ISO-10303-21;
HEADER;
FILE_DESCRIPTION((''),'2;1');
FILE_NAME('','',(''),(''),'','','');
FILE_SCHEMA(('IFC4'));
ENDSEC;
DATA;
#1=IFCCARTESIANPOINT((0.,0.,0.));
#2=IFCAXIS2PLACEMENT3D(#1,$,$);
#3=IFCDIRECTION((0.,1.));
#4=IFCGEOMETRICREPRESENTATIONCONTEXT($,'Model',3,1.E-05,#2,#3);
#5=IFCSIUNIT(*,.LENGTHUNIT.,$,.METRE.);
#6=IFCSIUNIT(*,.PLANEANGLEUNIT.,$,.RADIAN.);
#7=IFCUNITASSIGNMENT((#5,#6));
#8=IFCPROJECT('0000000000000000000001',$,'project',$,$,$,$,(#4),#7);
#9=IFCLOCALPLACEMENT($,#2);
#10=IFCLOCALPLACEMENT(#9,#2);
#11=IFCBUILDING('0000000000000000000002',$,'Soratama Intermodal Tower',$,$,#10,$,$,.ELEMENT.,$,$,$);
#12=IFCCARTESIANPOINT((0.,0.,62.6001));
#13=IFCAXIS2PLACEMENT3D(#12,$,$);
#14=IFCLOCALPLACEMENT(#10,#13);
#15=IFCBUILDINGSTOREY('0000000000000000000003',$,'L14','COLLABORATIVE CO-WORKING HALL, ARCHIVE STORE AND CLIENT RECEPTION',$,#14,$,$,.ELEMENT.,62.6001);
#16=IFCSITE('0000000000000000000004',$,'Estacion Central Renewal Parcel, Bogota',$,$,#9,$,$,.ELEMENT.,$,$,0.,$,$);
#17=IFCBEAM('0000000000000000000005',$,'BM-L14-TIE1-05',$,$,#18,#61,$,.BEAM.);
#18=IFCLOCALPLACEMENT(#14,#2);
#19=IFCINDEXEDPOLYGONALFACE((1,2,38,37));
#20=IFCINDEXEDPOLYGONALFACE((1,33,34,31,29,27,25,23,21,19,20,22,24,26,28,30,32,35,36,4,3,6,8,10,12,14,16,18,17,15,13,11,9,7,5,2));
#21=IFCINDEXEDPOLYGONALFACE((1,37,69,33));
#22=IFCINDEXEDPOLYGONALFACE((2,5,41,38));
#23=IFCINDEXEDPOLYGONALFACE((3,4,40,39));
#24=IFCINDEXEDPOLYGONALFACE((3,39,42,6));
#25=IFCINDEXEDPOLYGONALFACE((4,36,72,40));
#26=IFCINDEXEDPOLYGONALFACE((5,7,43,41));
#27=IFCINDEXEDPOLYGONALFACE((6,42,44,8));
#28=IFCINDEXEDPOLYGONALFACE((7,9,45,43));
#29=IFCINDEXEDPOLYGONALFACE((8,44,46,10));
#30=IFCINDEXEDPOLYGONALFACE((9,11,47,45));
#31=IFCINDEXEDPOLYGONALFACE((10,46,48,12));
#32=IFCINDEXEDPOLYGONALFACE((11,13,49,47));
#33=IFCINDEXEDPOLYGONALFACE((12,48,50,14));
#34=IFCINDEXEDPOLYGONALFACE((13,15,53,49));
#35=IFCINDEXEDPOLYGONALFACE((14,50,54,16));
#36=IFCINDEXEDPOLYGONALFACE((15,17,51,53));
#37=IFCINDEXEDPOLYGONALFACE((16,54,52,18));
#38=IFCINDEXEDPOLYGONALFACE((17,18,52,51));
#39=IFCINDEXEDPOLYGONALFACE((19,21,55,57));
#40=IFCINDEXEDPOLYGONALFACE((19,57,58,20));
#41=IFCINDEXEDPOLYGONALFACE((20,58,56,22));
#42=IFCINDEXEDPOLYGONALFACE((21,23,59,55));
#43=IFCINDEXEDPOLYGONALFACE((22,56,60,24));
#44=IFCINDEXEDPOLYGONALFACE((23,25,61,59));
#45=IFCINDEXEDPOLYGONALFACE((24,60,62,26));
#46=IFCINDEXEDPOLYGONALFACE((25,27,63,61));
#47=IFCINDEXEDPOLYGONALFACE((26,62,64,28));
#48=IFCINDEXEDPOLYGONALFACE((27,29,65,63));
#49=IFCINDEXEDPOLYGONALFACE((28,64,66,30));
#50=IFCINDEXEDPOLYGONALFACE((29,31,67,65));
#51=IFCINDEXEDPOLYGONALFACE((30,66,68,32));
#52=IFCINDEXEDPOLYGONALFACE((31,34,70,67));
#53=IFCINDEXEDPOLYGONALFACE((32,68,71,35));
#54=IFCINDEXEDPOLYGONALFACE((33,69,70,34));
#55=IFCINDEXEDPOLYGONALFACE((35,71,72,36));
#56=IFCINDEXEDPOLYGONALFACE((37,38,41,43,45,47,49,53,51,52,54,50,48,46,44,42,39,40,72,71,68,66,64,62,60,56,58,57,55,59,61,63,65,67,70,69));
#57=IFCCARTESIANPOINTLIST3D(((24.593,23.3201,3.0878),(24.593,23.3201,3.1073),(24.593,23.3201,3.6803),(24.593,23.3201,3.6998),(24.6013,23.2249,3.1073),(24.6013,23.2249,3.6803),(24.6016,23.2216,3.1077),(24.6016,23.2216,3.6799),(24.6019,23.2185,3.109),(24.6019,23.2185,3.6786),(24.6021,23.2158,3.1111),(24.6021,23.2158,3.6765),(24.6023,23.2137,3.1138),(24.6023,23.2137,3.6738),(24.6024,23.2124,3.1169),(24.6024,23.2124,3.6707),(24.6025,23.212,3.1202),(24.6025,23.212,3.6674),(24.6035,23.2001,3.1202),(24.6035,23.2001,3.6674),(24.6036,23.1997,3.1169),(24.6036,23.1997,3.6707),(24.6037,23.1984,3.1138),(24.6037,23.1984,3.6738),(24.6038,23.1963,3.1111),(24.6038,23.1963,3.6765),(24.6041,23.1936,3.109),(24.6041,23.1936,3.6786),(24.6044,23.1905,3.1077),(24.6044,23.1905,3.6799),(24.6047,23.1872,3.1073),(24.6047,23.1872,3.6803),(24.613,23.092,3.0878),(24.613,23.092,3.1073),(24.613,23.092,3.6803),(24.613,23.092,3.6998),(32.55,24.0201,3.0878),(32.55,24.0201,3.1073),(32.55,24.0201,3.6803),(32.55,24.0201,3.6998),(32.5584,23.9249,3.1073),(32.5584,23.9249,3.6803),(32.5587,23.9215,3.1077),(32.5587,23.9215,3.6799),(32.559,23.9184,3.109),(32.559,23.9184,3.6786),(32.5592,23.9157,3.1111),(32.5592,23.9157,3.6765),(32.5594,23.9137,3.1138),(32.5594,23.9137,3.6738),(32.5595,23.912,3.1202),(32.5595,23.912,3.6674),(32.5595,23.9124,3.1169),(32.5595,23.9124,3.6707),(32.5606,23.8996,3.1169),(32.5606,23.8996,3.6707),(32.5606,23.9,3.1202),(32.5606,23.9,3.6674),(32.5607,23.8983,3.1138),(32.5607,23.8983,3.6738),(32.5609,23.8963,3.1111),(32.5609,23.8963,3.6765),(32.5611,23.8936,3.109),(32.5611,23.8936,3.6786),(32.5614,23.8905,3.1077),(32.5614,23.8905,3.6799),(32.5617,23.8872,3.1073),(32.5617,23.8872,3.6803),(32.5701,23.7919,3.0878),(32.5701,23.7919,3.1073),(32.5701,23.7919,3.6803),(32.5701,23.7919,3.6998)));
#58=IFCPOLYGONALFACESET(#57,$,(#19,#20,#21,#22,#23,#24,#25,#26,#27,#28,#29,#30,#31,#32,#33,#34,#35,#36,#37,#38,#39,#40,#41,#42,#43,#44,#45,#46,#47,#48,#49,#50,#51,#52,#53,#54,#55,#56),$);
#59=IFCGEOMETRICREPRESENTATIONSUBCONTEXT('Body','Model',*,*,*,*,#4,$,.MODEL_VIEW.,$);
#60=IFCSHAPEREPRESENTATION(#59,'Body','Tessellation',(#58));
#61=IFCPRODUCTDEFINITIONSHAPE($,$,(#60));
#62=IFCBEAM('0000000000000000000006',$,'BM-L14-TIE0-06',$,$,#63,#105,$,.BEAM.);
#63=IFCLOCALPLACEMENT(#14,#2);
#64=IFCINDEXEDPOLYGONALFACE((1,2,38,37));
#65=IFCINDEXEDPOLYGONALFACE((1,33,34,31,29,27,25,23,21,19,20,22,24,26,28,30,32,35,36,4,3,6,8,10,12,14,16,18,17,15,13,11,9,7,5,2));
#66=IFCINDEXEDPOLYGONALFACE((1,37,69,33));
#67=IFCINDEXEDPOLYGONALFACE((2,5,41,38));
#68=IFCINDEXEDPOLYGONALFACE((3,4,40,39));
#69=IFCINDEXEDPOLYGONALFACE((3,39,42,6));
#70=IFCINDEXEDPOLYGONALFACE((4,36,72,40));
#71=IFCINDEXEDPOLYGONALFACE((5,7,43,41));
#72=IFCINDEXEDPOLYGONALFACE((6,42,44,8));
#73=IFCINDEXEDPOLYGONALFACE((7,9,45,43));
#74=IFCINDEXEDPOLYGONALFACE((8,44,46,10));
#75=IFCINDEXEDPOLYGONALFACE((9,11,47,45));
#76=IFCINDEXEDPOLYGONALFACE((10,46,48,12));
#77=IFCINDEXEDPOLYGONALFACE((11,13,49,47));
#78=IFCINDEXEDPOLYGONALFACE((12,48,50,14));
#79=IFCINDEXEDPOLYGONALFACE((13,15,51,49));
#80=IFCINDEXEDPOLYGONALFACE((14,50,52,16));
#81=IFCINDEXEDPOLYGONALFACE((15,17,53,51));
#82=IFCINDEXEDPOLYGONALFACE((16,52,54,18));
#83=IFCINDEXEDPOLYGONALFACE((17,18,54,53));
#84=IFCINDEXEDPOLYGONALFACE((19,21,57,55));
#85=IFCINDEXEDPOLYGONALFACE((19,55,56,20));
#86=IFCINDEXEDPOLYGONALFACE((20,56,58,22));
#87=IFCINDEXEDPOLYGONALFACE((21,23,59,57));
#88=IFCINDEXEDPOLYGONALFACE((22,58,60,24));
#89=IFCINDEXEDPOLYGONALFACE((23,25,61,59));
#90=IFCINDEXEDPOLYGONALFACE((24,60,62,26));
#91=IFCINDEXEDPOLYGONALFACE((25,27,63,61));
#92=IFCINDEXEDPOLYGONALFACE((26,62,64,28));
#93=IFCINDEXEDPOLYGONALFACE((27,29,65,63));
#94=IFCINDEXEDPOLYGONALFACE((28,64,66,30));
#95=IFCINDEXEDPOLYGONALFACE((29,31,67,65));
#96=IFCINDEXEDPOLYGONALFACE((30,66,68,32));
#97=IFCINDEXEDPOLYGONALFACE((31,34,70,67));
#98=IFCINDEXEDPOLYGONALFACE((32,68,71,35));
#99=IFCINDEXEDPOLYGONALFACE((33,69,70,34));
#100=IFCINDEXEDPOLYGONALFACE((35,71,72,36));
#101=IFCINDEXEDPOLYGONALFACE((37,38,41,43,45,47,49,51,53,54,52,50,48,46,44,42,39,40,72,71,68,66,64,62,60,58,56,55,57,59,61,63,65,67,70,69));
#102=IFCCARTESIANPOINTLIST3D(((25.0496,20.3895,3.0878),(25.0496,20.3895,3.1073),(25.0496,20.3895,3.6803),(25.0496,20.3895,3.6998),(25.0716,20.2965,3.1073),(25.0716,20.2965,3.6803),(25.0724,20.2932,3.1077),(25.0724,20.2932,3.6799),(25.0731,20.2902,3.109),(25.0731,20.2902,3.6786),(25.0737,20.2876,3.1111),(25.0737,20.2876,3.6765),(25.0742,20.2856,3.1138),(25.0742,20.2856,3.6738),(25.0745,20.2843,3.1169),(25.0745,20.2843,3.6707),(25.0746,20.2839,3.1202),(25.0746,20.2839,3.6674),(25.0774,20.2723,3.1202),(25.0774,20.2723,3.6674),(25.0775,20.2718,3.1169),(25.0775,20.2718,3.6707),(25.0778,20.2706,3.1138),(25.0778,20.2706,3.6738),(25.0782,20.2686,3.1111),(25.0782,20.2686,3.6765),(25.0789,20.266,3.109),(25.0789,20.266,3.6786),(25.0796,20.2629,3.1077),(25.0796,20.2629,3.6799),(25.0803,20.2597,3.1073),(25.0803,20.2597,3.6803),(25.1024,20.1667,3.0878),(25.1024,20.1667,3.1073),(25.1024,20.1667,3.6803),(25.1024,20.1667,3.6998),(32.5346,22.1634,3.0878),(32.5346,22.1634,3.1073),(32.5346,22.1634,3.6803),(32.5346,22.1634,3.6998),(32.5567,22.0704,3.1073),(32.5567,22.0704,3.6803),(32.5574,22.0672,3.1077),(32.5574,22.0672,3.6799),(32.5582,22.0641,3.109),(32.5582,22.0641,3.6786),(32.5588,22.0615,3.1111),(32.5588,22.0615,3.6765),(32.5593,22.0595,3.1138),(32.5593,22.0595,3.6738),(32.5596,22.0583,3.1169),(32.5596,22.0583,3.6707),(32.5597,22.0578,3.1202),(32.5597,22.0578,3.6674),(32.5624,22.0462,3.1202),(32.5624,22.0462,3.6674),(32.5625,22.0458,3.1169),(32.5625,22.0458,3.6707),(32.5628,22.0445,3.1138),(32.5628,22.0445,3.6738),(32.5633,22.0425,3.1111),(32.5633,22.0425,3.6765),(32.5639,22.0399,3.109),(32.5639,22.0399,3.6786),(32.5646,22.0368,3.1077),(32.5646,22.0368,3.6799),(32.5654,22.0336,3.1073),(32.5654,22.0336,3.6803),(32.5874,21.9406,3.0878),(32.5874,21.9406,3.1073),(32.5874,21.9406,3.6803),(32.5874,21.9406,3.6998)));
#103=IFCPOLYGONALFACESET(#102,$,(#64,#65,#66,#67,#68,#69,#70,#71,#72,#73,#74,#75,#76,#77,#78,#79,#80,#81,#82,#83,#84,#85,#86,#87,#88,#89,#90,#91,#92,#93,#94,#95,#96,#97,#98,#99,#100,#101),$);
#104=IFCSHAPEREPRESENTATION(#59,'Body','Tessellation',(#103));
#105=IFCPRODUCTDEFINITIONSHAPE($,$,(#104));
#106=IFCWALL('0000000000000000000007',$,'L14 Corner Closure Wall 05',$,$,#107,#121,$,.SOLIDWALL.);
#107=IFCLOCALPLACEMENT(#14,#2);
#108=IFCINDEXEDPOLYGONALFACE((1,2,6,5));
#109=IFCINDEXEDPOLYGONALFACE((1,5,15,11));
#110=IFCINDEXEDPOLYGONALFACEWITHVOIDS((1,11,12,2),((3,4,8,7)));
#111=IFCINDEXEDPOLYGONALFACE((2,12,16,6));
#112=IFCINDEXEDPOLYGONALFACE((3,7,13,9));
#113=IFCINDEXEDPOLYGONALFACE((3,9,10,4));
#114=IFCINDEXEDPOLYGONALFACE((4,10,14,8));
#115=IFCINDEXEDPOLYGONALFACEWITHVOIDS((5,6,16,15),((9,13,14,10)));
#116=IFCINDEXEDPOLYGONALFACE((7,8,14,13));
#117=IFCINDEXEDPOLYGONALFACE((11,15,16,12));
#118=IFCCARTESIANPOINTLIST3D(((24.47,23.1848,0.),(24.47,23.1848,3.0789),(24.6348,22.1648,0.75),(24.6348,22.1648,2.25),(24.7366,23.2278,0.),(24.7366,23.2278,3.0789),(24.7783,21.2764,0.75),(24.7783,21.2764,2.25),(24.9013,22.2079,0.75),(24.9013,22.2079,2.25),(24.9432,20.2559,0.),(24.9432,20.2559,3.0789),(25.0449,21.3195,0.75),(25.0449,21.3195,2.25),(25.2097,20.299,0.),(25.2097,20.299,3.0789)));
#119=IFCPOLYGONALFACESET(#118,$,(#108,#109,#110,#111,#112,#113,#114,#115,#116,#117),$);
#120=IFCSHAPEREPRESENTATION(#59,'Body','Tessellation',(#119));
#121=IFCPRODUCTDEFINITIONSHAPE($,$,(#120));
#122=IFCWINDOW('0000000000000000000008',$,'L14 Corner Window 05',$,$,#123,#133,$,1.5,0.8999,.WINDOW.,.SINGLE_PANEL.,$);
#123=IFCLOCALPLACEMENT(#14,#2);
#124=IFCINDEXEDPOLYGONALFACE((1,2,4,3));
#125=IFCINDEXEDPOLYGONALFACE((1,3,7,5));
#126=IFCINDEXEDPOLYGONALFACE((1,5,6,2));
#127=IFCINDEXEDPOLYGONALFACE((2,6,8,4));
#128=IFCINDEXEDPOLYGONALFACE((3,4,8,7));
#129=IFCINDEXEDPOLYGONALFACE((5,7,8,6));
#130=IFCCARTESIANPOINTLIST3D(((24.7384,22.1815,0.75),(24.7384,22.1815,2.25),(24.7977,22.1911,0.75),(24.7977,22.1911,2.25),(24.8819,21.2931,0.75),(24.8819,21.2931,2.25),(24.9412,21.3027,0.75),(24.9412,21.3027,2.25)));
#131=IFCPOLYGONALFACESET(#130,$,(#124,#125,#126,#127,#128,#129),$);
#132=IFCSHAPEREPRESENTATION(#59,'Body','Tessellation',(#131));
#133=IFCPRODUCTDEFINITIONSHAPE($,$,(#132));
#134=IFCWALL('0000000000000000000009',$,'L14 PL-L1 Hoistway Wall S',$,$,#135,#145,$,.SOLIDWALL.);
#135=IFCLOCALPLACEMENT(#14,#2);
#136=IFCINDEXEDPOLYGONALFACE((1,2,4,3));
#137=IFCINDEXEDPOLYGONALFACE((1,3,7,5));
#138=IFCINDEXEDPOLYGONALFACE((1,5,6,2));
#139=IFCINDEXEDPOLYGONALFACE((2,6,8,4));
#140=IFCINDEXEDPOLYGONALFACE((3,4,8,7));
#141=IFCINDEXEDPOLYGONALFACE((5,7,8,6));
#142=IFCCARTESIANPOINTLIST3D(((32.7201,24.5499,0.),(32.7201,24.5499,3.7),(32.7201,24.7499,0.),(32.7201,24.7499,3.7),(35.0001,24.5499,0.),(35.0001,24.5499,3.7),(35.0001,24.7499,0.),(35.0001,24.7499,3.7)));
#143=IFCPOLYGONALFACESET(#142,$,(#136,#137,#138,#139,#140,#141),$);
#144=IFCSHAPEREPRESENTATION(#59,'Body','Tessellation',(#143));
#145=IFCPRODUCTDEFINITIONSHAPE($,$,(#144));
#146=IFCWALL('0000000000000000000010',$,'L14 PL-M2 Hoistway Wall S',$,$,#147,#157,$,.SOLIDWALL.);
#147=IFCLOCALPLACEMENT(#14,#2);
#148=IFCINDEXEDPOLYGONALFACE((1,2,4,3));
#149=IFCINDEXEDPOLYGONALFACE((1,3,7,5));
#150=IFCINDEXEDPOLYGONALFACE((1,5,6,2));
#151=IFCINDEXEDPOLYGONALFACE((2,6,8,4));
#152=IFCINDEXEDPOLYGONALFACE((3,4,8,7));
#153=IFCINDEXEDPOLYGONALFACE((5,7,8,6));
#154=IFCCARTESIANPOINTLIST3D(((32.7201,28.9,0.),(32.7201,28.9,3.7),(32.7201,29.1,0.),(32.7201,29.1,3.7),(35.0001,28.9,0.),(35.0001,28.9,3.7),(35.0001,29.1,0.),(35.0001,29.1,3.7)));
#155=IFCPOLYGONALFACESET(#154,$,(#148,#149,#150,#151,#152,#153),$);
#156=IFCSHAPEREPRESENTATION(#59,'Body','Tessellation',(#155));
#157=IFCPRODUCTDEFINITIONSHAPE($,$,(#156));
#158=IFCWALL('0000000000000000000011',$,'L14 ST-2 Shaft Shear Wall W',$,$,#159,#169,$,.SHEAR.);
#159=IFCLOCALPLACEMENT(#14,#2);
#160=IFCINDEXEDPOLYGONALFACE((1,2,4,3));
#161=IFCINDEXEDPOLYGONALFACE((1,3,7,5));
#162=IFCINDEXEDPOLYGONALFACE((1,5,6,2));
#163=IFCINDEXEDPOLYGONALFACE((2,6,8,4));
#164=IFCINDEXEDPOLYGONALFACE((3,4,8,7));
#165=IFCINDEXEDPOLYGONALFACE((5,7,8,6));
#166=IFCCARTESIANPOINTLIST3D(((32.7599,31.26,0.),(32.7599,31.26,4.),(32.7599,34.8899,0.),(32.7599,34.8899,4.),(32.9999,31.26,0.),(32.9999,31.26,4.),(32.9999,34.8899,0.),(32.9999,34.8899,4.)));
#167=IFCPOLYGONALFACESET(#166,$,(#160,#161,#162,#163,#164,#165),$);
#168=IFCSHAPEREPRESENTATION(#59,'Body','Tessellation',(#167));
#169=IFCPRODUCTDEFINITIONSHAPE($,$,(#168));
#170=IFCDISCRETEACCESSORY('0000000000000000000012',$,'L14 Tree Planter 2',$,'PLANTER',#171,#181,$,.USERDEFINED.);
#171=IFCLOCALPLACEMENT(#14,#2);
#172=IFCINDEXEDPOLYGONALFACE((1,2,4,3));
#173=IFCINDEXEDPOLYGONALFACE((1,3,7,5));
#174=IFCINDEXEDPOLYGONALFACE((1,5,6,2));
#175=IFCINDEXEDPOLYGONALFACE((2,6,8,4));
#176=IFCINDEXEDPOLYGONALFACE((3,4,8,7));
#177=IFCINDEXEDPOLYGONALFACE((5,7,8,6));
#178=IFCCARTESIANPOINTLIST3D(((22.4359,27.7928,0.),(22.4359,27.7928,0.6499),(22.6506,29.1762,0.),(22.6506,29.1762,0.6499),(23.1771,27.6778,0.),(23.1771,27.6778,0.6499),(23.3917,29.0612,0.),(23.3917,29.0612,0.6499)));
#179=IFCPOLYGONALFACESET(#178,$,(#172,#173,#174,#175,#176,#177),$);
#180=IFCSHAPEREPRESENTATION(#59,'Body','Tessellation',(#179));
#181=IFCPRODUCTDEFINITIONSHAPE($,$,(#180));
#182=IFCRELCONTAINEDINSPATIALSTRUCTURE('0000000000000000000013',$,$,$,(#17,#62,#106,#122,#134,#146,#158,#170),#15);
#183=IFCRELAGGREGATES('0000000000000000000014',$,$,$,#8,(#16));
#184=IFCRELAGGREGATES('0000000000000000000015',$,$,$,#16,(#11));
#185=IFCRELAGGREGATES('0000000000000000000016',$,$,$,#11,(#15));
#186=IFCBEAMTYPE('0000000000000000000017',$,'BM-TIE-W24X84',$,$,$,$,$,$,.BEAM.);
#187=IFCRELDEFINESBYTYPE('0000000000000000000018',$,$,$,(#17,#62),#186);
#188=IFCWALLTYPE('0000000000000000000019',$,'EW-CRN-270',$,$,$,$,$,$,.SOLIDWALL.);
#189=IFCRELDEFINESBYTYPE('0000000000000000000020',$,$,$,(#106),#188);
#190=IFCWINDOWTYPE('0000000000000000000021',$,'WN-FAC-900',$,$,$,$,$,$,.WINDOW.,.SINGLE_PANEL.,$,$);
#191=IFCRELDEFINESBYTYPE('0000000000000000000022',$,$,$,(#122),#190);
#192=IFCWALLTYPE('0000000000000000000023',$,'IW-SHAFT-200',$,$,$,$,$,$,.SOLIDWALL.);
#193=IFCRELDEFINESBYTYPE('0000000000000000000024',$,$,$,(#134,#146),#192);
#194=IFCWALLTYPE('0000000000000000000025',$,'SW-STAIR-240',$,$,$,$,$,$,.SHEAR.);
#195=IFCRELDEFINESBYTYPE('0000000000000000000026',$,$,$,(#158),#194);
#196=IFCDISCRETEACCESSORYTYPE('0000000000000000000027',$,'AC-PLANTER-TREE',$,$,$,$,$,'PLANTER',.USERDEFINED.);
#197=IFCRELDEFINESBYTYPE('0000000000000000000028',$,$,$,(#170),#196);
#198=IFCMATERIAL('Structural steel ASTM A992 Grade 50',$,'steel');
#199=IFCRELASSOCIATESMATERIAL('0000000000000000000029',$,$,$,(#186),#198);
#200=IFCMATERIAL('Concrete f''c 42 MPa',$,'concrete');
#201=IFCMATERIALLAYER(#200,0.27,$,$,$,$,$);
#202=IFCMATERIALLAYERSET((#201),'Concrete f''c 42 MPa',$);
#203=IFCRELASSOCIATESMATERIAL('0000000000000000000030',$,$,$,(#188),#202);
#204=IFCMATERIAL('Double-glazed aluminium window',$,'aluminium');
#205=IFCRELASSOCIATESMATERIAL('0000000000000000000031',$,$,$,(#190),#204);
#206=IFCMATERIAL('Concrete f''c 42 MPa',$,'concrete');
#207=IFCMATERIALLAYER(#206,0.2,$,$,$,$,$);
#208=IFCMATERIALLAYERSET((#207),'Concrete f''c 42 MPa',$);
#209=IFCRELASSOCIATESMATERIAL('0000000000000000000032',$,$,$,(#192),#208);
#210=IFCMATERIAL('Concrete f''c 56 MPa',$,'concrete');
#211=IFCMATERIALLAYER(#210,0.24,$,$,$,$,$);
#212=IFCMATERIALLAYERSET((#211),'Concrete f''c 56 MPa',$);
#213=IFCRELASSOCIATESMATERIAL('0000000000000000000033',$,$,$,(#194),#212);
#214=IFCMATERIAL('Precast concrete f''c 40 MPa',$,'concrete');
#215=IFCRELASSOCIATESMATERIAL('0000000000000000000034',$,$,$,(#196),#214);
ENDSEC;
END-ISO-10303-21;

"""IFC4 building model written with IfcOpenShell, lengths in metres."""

from ifc_helpers import new_model, si_unit, direction, frame, frame_2d, origin, origin_2d, place, context, subcontext, project, spatial, rectangle, i_section, extrude, material, layer, layer_set, material_profile, profile_set, type_object, element, fill, save


model = new_model("IFC4")

# Units and contexts
model_context = context("Model", 3, precision=1e-05, world=origin(), true_north=direction((0.0, 1.0)))
body_context = subcontext(model_context, "Body", "Model", "MODEL_VIEW")
ifc_project = project(units=[si_unit("LENGTHUNIT", "METRE"), si_unit("PLANEANGLEUNIT", "RADIAN")], contexts=[model_context])

# Site, building, storey
site_placement = place(None, origin())
site = spatial("IfcSite", under=ifc_project, at=site_placement, Name="Estacion Central Renewal Parcel, Bogota", CompositionType="ELEMENT", RefElevation=0.0)
building_placement = place(site_placement, origin())
building = spatial("IfcBuilding", under=site, at=building_placement, Name="Soratama Intermodal Tower", CompositionType="ELEMENT")
storey_placement = place(building_placement, frame((0.0, 0.0, 62.6001)))
storey = spatial("IfcBuildingStorey", under=building, at=storey_placement, Name="L14", Description="COLLABORATIVE CO-WORKING HALL, ARCHIVE STORE AND CLIENT RECEPTION", CompositionType="ELEMENT", Elevation=62.6001)

# Beams
ifc_material_1 = material(Name="Structural steel ASTM A992 Grade 50", Category="steel")
ifc_material_profile_1 = material_profile(ifc_material_1, i_section(OverallWidth=0.229, OverallDepth=0.6121, WebThickness=0.012, FlangeThickness=0.0195, FilletRadius=0.0129, at=origin_2d()), Name="W24X84")
ifc_profile_set_1 = profile_set([ifc_material_profile_1], Name="Structural steel ASTM A992 Grade 50")
beam_type_1 = type_object("IfcBeamType", Name="BM-TIE-W24X84", PredefinedType="BEAM", material=ifc_profile_set_1)
beam_1_placement = place(storey_placement, frame((32.5601, 23.906, 3.3938), z_axis=(-0.996153, -0.087628, 0.0), x_axis=(0.087628, -0.996153, 0.0)))
element("IfcBeam", 1, at=beam_1_placement, inside=storey, type_object=beam_type_1, Name="BM-L14-TIE1-05", PredefinedType="BEAM", context=body_context, shape_type="SweptSolid", body=[
    extrude(i_section(OverallWidth=0.229, OverallDepth=0.6121, WebThickness=0.012, FlangeThickness=0.0195, FilletRadius=0.0129, at=origin_2d()), origin(), (0.0, 0.0, 1.0), 7.9878),
])
beam_2_placement = place(storey_placement, frame((32.561, 22.052, 3.3938), z_axis=(-0.973047, -0.230606, 0.0), x_axis=(0.230606, -0.973047, 0.0)))
element("IfcBeam", 2, at=beam_2_placement, inside=storey, type_object=beam_type_1, Name="BM-L14-TIE0-06", PredefinedType="BEAM", context=body_context, shape_type="SweptSolid", body=[
    extrude(i_section(OverallWidth=0.229, OverallDepth=0.6121, WebThickness=0.012, FlangeThickness=0.0195, FilletRadius=0.0129, at=origin_2d()), origin(), (0.0, 0.0, 1.0), 7.6924),
])

# Wall, opening, window
ifc_material_2 = material(Name="Concrete f'c 42 MPa", Category="concrete")
ifc_layer_1 = layer(ifc_material_2, 0.27)
ifc_layer_set_1 = layer_set([ifc_layer_1], Name="Concrete f'c 42 MPa")
wall_type_1 = type_object("IfcWallType", Name="EW-CRN-270", PredefinedType="SOLIDWALL", material=ifc_layer_set_1)
wall_1_placement = place(storey_placement, frame((24.6033, 23.2063, 0.0), z_axis=(0.0, 0.0, 1.0), x_axis=(0.159486, -0.9872, 0.0)))
wall_1 = element("IfcWall", 3, at=wall_1_placement, inside=storey, type_object=wall_type_1, Name="L14 Corner Closure Wall 05", PredefinedType="SOLIDWALL", context=body_context, shape_type="SweptSolid", body=[
    extrude(rectangle(XDim=2.9668, YDim=0.27, at=frame_2d((1.4834, 0.0))), origin(), (0.0, 0.0, 1.0), 3.0789),
])
opening_1_placement = place(wall_1_placement, frame((1.0332, 0.0, 0.75)))
opening_1 = element("IfcOpeningElement", 4, at=opening_1_placement, cuts=wall_1, PredefinedType="OPENING", context=body_context, shape_type="SweptSolid", body=[
    extrude(rectangle(XDim=0.8999, YDim=1.5, at=frame_2d((0.45, 0.75))), frame((0.0, 0.145, 0.0), z_axis=(0.0, -1.0, 0.0), x_axis=(1.0, 0.0, 0.0)), (0.0, 0.0, 1.0), 0.29),
])
ifc_material_3 = material(Name="Double-glazed aluminium window", Category="aluminium")
window_type = type_object("IfcWindowType", Name="WN-FAC-900", PartitioningType="SINGLE_PANEL", PredefinedType="WINDOW", material=ifc_material_3)
window_placement = place(opening_1_placement, origin())
window = element("IfcWindow", 5, at=window_placement, inside=storey, type_object=window_type, Name="L14 Corner Window 05", OverallHeight=1.5, OverallWidth=0.8999, PartitioningType="SINGLE_PANEL", PredefinedType="WINDOW", context=body_context, shape_type="SweptSolid", body=[
    extrude(rectangle(XDim=0.8999, YDim=1.5, at=frame_2d((0.45, 0.75))), frame((0.0, 0.03, 0.0), z_axis=(0.0, -1.0, 0.0), x_axis=(1.0, 0.0, 0.0)), (0.0, 0.0, 1.0), 0.0601),
])
fill(opening_1, window)

# Wall
ifc_material_4 = material(Name="Concrete f'c 42 MPa", Category="concrete")
ifc_layer_2 = layer(ifc_material_4, 0.2)
ifc_layer_set_2 = layer_set([ifc_layer_2], Name="Concrete f'c 42 MPa")
wall_type_2 = type_object("IfcWallType", Name="IW-SHAFT-200", PredefinedType="SOLIDWALL", material=ifc_layer_set_2)
wall_2_placement = place(storey_placement, frame((32.72, 24.6499, 0.0), z_axis=(0.0, 0.0, 1.0), x_axis=(1.0, 0.0, 0.0)))
element("IfcWall", 6, at=wall_2_placement, inside=storey, type_object=wall_type_2, Name="L14 PL-L1 Hoistway Wall S", PredefinedType="SOLIDWALL", context=body_context, shape_type="SweptSolid", body=[
    extrude(rectangle(XDim=2.28, YDim=0.2, at=frame_2d((1.1401, 0.0))), origin(), (0.0, 0.0, 1.0), 3.7),
])

# Walls
wall_3_placement = place(storey_placement, frame((32.72, 29.0, 0.0), z_axis=(0.0, 0.0, 1.0), x_axis=(1.0, 0.0, 0.0)))
element("IfcWall", 7, at=wall_3_placement, inside=storey, type_object=wall_type_2, Name="L14 PL-M2 Hoistway Wall S", PredefinedType="SOLIDWALL", context=body_context, shape_type="SweptSolid", body=[
    extrude(rectangle(XDim=2.28, YDim=0.2, at=frame_2d((1.1401, 0.0))), origin(), (0.0, 0.0, 1.0), 3.7),
])
ifc_material_5 = material(Name="Concrete f'c 56 MPa", Category="concrete")
ifc_layer_3 = layer(ifc_material_5, 0.24)
ifc_layer_set_3 = layer_set([ifc_layer_3], Name="Concrete f'c 56 MPa")
wall_type_3 = type_object("IfcWallType", Name="SW-STAIR-240", PredefinedType="SHEAR", material=ifc_layer_set_3)
wall_4_placement = place(storey_placement, frame((32.8799, 31.26, 0.0), z_axis=(0.0, 0.0, 1.0), x_axis=(0.0, 1.0, 0.0)))
element("IfcWall", 8, at=wall_4_placement, inside=storey, type_object=wall_type_3, Name="L14 ST-2 Shaft Shear Wall W", PredefinedType="SHEAR", context=body_context, shape_type="SweptSolid", body=[
    extrude(rectangle(XDim=3.6299, YDim=0.24, at=frame_2d((1.8149, 0.0))), origin(), (0.0, 0.0, 1.0), 4.0),
])

# Discrete accessory
ifc_material_6 = material(Name="Precast concrete f'c 40 MPa", Category="concrete")
discrete_accessory_type = type_object("IfcDiscreteAccessoryType", Name="AC-PLANTER-TREE", ElementType="PLANTER", PredefinedType="USERDEFINED", material=ifc_material_6)
discrete_accessory_placement = place(storey_placement, frame((22.9138, 28.427, 0.0), z_axis=(0.0, 0.0, 1.0), x_axis=(-0.988175, 0.153331, 0.0)))
element("IfcDiscreteAccessory", 9, at=discrete_accessory_placement, inside=storey, type_object=discrete_accessory_type, Name="L14 Tree Planter 2", ObjectType="PLANTER", PredefinedType="USERDEFINED", context=body_context, shape_type="SweptSolid", body=[
    extrude(rectangle(XDim=0.75, YDim=1.3999, at=origin_2d()), origin(), (0.0, 0.0, 1.0), 0.6499),
])

save(model, "model.ifc")
